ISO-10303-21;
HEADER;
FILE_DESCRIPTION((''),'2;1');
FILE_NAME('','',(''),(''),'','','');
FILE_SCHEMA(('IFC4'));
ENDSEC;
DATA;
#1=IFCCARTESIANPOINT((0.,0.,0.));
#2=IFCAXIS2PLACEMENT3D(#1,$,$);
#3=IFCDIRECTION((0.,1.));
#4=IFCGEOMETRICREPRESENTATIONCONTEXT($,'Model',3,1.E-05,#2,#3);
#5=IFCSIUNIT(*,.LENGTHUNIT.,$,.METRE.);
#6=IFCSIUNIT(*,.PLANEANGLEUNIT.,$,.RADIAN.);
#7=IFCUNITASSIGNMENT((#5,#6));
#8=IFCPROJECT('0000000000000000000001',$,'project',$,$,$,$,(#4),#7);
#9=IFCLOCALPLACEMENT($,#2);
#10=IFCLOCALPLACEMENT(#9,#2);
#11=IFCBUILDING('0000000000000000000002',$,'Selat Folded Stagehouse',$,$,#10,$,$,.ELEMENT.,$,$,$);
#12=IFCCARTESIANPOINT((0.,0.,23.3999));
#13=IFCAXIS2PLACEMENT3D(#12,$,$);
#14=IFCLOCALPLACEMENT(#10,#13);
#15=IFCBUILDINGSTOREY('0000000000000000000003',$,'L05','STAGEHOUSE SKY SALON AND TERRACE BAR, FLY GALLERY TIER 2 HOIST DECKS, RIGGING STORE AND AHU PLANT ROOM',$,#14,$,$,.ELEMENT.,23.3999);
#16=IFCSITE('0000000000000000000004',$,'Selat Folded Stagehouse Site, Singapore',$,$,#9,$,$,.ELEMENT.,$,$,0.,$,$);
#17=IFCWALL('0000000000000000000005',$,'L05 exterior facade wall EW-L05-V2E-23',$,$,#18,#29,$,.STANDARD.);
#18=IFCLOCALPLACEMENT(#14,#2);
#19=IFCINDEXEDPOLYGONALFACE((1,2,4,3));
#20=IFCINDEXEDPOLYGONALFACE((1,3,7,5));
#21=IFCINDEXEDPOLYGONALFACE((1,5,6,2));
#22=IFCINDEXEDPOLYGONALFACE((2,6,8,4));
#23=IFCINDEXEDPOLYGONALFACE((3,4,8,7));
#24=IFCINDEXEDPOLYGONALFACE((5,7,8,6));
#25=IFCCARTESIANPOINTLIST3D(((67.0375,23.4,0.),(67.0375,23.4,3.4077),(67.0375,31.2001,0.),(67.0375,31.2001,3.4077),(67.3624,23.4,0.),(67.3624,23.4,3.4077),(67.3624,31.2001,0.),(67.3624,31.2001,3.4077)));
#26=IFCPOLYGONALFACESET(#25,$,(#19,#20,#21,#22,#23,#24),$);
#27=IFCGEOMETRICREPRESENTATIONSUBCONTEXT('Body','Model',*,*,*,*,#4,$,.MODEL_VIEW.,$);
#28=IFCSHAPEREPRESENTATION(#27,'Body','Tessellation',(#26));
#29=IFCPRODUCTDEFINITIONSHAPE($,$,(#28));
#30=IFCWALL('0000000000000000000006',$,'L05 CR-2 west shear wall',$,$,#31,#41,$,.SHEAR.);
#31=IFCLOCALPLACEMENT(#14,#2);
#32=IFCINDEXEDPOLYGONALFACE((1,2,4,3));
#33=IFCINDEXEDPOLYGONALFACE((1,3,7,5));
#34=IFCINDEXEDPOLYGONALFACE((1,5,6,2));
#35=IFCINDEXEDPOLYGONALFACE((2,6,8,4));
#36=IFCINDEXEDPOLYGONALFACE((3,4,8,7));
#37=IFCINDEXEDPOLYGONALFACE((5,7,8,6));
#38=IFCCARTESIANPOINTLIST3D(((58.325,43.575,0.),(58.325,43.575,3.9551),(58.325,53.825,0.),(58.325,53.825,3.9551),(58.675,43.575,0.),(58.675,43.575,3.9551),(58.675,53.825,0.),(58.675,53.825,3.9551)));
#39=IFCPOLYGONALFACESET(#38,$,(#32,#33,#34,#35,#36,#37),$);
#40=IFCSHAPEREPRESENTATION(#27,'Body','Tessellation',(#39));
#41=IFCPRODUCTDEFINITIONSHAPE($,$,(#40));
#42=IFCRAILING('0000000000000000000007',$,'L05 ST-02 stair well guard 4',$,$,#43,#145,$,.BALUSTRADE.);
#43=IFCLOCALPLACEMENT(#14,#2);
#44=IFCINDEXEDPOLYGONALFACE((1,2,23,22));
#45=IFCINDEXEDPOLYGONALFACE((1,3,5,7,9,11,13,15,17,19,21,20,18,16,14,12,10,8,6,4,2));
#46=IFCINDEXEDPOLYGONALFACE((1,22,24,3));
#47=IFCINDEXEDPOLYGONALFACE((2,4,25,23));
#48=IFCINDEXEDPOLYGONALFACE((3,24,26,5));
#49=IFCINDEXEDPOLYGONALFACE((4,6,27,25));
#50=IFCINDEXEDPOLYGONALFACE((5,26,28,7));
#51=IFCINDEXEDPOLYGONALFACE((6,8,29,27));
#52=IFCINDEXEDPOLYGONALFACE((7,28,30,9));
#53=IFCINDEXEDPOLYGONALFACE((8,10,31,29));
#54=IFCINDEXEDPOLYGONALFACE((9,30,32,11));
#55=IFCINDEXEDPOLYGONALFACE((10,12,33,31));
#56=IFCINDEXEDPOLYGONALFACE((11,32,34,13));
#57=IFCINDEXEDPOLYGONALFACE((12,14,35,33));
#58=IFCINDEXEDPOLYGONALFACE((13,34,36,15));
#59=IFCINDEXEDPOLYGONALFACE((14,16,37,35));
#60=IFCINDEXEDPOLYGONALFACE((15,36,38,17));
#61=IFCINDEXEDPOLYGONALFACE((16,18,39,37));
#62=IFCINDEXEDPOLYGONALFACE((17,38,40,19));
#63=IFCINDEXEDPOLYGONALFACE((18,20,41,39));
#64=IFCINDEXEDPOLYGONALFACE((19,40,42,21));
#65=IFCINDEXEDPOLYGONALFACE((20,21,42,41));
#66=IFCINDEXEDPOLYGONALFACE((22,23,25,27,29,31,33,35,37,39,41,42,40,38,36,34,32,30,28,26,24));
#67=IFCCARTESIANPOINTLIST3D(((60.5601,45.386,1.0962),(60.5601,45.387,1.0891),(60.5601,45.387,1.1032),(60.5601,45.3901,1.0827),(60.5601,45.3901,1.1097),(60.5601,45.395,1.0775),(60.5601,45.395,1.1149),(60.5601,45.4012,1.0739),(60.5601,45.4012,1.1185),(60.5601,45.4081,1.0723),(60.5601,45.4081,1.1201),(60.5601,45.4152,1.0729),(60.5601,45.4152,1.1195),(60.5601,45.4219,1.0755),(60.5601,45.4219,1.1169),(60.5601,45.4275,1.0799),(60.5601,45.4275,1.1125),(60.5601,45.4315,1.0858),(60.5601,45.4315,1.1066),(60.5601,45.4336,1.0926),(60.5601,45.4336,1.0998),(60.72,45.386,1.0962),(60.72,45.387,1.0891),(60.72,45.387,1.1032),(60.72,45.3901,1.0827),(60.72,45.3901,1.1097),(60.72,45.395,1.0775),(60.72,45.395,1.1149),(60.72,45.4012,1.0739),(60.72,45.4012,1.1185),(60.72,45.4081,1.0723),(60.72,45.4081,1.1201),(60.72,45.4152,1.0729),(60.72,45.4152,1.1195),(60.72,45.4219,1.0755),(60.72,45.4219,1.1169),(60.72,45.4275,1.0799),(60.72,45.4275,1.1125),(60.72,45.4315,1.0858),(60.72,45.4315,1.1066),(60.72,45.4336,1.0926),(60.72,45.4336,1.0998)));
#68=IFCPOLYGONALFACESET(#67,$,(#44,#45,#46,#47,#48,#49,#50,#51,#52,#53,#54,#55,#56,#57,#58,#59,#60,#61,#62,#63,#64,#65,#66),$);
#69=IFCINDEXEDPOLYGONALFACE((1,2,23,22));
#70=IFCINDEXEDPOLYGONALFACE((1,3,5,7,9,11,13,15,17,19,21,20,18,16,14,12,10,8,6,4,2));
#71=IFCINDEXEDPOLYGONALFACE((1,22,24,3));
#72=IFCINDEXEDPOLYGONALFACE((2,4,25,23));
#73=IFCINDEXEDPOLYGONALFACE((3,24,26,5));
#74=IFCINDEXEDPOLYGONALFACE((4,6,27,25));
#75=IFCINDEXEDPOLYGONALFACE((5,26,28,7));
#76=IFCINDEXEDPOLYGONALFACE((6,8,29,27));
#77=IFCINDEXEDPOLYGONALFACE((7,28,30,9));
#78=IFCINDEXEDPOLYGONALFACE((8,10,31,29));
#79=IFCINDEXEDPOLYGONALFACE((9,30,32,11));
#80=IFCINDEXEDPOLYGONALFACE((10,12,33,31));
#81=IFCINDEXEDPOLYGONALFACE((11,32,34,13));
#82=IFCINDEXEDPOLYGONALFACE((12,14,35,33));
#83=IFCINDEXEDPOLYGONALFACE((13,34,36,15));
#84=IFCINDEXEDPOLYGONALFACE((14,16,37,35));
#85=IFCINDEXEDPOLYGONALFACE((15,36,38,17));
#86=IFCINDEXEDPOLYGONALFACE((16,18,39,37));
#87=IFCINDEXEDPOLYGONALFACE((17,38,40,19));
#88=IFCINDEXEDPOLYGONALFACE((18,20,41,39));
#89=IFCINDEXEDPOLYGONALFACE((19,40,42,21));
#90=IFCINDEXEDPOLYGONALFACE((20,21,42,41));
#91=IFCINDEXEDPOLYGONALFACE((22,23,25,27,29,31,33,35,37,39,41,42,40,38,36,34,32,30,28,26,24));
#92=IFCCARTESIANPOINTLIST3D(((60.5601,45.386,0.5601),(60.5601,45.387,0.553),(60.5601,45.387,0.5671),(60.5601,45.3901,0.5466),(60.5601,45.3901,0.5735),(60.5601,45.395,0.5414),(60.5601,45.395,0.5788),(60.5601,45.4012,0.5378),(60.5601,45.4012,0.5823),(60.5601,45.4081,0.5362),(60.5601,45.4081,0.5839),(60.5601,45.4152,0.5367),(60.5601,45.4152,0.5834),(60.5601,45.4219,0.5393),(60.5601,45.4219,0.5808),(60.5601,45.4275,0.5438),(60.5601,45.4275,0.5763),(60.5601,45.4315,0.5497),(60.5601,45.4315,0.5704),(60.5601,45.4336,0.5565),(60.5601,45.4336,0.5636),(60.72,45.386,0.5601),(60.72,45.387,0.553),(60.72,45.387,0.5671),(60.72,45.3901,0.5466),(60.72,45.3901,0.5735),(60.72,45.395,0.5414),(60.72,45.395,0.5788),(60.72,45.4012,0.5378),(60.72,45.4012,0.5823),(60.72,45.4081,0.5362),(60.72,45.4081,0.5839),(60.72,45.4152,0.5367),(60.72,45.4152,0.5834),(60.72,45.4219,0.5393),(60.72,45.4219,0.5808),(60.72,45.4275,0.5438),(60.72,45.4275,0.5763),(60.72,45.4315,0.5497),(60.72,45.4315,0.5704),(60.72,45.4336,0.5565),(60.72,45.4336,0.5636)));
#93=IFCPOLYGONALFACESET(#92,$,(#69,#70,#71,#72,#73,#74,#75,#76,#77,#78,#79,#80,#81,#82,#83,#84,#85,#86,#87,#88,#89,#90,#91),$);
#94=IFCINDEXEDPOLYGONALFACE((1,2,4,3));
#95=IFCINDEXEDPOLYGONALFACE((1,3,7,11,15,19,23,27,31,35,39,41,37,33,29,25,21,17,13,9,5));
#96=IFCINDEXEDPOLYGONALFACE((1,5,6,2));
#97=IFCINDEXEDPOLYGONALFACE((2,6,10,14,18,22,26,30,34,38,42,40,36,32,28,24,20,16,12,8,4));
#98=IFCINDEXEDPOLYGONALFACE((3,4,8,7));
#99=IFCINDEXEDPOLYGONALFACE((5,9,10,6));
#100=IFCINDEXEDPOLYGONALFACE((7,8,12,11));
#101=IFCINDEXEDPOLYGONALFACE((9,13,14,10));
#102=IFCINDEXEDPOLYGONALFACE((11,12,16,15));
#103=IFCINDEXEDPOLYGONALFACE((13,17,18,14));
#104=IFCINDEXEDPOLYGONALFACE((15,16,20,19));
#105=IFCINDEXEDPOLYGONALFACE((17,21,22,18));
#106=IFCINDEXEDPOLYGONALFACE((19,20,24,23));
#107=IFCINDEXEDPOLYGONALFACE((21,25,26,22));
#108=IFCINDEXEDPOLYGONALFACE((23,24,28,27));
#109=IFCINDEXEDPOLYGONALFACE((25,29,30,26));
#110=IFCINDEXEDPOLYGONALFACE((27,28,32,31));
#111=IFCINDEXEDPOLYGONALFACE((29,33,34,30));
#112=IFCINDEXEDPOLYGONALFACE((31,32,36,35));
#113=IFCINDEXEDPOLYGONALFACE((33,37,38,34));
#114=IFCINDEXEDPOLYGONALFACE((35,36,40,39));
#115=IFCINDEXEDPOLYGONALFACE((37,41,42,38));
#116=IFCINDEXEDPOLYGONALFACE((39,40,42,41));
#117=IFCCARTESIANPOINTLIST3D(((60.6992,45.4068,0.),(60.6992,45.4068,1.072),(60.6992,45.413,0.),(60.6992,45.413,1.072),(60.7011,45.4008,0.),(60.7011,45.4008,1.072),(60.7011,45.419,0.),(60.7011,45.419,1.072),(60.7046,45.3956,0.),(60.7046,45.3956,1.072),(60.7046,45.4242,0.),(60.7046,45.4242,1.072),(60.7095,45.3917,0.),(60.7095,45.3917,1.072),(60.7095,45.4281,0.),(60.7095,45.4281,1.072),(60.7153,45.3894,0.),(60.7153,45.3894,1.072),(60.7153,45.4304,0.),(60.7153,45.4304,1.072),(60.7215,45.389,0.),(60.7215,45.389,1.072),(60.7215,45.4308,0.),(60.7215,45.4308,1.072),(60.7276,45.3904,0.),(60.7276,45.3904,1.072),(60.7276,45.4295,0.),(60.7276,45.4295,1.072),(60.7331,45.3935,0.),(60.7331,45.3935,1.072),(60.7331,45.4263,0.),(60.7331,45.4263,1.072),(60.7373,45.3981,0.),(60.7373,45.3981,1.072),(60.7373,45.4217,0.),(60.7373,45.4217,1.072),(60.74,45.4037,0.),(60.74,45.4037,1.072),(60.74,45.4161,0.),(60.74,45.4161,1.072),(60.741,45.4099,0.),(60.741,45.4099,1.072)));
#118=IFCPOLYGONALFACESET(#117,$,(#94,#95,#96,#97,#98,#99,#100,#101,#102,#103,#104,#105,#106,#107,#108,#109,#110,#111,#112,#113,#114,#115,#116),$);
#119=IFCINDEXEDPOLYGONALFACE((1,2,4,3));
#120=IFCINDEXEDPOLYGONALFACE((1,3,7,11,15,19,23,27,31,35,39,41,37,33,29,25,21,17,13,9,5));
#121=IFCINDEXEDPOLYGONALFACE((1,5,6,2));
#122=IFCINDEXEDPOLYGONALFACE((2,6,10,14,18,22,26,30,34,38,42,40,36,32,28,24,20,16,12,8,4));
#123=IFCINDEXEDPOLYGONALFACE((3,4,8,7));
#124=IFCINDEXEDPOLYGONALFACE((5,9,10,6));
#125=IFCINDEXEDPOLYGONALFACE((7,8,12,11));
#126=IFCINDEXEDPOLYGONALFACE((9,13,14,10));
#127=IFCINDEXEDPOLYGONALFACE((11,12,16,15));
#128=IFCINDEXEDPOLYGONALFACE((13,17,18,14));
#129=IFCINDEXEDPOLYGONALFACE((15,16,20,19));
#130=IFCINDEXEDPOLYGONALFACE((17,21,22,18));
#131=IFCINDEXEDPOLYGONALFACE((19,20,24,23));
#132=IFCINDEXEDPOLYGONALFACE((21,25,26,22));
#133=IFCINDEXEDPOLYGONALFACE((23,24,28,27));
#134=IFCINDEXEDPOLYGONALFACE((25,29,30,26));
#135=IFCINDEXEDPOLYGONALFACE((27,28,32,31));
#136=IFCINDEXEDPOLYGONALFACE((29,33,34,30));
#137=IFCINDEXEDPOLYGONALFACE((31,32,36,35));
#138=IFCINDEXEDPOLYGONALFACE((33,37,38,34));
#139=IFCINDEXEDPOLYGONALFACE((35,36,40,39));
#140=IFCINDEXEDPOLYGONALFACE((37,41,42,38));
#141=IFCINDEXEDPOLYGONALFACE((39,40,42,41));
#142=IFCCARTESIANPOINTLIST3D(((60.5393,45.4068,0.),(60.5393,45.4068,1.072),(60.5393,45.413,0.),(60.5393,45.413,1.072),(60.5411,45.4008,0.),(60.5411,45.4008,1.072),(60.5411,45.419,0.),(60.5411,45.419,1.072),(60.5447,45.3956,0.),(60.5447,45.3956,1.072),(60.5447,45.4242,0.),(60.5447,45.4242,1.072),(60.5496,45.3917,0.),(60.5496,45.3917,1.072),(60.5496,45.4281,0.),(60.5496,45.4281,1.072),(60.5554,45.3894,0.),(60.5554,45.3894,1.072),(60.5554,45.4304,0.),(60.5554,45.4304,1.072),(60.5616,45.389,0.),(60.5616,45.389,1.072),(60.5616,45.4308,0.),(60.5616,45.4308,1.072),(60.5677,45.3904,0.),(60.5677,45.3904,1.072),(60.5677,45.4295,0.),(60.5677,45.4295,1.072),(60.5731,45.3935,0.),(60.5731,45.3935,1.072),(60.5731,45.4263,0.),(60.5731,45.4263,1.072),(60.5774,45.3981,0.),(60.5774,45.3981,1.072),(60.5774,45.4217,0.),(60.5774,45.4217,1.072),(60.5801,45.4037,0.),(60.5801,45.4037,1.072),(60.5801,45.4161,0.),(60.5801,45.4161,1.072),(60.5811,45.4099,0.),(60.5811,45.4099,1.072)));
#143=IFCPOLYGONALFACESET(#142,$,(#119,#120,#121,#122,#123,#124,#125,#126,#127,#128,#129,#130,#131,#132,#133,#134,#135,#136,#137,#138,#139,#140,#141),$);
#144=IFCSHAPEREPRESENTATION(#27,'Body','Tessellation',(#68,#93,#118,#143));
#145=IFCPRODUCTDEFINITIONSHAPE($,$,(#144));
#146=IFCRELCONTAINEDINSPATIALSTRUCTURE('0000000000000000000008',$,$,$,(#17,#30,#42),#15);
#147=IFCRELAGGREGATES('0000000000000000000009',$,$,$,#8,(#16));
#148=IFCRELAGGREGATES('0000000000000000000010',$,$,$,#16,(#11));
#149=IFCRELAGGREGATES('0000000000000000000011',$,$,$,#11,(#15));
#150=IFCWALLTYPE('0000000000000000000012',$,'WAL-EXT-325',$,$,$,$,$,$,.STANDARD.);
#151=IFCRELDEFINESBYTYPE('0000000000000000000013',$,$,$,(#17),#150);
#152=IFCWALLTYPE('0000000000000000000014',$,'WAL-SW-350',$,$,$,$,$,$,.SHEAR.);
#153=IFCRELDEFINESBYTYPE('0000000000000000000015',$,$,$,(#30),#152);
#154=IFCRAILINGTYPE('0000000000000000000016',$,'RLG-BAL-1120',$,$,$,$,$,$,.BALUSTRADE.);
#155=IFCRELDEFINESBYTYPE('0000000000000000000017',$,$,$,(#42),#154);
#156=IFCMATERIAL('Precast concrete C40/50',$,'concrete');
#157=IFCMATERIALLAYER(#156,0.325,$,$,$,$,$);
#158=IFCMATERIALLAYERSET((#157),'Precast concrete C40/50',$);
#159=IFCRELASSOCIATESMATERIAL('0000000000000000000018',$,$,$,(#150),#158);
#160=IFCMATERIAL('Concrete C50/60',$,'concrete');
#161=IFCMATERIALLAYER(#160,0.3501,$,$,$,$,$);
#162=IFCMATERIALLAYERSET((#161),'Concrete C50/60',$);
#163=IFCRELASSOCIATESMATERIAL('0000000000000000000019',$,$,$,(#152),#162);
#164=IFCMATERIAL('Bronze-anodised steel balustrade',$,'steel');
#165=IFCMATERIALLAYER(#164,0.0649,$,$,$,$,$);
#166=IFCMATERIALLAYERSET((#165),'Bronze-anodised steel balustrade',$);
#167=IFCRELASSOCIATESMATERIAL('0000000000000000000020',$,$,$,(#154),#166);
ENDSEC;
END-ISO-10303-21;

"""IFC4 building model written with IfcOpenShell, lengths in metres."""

from ifc_helpers import new_model, si_unit, direction, frame, frame_2d, origin, origin_2d, place, context, subcontext, project, spatial, rectangle, circle, extrude, material, layer, layer_set, type_object, element, save


model = new_model("IFC4")

# Units and contexts
model_context = context("Model", 3, precision=1e-05, world=origin(), true_north=direction((0.0, 1.0)))
body_context = subcontext(model_context, "Body", "Model", "MODEL_VIEW")
ifc_project = project(units=[si_unit("LENGTHUNIT", "METRE"), si_unit("PLANEANGLEUNIT", "RADIAN")], contexts=[model_context])

# Site, building, storey
site_placement = place(None, origin())
site = spatial("IfcSite", under=ifc_project, at=site_placement, Name="Selat Folded Stagehouse Site, Singapore", CompositionType="ELEMENT", RefElevation=0.0)
building_placement = place(site_placement, origin())
building = spatial("IfcBuilding", under=site, at=building_placement, Name="Selat Folded Stagehouse", CompositionType="ELEMENT")
storey_placement = place(building_placement, frame((0.0, 0.0, 23.3999)))
storey = spatial("IfcBuildingStorey", under=building, at=storey_placement, Name="L05", Description="STAGEHOUSE SKY SALON AND TERRACE BAR, FLY GALLERY TIER 2 HOIST DECKS, RIGGING STORE AND AHU PLANT ROOM", CompositionType="ELEMENT", Elevation=23.3999)

# Wall
ifc_material_1 = material(Name="Precast concrete C40/50", Category="concrete")
ifc_layer_1 = layer(ifc_material_1, 0.325)
ifc_layer_set_1 = layer_set([ifc_layer_1], Name="Precast concrete C40/50")
wall_type_1 = type_object("IfcWallType", Name="WAL-EXT-325", PredefinedType="STANDARD", material=ifc_layer_set_1)
wall_1_placement = place(storey_placement, frame((67.2, 31.2, 0.0), z_axis=(0.0, 0.0, 1.0), x_axis=(0.0, -1.0, 0.0)))
element("IfcWall", 1, at=wall_1_placement, inside=storey, type_object=wall_type_1, Name="L05 exterior facade wall EW-L05-V2E-23", PredefinedType="STANDARD", context=body_context, shape_type="SweptSolid", body=[
    extrude(rectangle(XDim=7.8, YDim=0.325, at=frame_2d((3.8999, 0.0))), origin(), (0.0, 0.0, 1.0), 3.4077),
])

# Shared definitions
ifc_material_2 = material(Name="Concrete C50/60", Category="concrete")
ifc_layer_2 = layer(ifc_material_2, 0.3501)
ifc_layer_set_2 = layer_set([ifc_layer_2], Name="Concrete C50/60")
wall_type_2 = type_object("IfcWallType", Name="WAL-SW-350", PredefinedType="SHEAR", material=ifc_layer_set_2)

# Wall
wall_2_placement = place(storey_placement, frame((58.5, 43.575, 0.0), z_axis=(0.0, 0.0, 1.0), x_axis=(0.0, 1.0, 0.0)))
element("IfcWall", 2, at=wall_2_placement, inside=storey, type_object=wall_type_2, Name="L05 CR-2 west shear wall", PredefinedType="SHEAR", context=body_context, shape_type="SweptSolid", body=[
    extrude(rectangle(XDim=10.25, YDim=0.3501, at=frame_2d((5.125, 0.0))), origin(), (0.0, 0.0, 1.0), 3.9551),
])

# Railing
ifc_material_3 = material(Name="Bronze-anodised steel balustrade", Category="steel")
ifc_layer_3 = layer(ifc_material_3, 0.0649)
ifc_layer_set_3 = layer_set([ifc_layer_3], Name="Bronze-anodised steel balustrade")
railing_type_1 = type_object("IfcRailingType", Name="RLG-BAL-1120", PredefinedType="BALUSTRADE", material=ifc_layer_set_3)
railing_1_placement = place(storey_placement, frame((60.72, 45.4099, 0.0)))
element("IfcRailing", 3, at=railing_1_placement, inside=storey, type_object=railing_type_1, Name="L05 ST-02 stair well guard 4", PredefinedType="BALUSTRADE", context=body_context, shape_type="SweptSolid", body=[
    extrude(circle(Radius=0.0239, at=origin_2d()), frame((0.0, 0.0, 1.0962), z_axis=(-1.0, 0.0, 0.0), x_axis=(0.0, -1.0, 0.0)), (0.0, 0.0, 1.0), 0.1599),
    extrude(circle(Radius=0.0239, at=origin_2d()), frame((0.0, 0.0, 0.5601), z_axis=(-1.0, 0.0, 0.0), x_axis=(0.0, -1.0, 0.0)), (0.0, 0.0, 1.0), 0.1599),
    extrude(circle(Radius=0.021, at=origin_2d()), origin(), (0.0, 0.0, 1.0), 1.072),
    extrude(circle(Radius=0.021, at=origin_2d()), frame((-0.1599, 0.0, 0.0)), (0.0, 0.0, 1.0), 1.072),
])

save(model, "model.ifc")
